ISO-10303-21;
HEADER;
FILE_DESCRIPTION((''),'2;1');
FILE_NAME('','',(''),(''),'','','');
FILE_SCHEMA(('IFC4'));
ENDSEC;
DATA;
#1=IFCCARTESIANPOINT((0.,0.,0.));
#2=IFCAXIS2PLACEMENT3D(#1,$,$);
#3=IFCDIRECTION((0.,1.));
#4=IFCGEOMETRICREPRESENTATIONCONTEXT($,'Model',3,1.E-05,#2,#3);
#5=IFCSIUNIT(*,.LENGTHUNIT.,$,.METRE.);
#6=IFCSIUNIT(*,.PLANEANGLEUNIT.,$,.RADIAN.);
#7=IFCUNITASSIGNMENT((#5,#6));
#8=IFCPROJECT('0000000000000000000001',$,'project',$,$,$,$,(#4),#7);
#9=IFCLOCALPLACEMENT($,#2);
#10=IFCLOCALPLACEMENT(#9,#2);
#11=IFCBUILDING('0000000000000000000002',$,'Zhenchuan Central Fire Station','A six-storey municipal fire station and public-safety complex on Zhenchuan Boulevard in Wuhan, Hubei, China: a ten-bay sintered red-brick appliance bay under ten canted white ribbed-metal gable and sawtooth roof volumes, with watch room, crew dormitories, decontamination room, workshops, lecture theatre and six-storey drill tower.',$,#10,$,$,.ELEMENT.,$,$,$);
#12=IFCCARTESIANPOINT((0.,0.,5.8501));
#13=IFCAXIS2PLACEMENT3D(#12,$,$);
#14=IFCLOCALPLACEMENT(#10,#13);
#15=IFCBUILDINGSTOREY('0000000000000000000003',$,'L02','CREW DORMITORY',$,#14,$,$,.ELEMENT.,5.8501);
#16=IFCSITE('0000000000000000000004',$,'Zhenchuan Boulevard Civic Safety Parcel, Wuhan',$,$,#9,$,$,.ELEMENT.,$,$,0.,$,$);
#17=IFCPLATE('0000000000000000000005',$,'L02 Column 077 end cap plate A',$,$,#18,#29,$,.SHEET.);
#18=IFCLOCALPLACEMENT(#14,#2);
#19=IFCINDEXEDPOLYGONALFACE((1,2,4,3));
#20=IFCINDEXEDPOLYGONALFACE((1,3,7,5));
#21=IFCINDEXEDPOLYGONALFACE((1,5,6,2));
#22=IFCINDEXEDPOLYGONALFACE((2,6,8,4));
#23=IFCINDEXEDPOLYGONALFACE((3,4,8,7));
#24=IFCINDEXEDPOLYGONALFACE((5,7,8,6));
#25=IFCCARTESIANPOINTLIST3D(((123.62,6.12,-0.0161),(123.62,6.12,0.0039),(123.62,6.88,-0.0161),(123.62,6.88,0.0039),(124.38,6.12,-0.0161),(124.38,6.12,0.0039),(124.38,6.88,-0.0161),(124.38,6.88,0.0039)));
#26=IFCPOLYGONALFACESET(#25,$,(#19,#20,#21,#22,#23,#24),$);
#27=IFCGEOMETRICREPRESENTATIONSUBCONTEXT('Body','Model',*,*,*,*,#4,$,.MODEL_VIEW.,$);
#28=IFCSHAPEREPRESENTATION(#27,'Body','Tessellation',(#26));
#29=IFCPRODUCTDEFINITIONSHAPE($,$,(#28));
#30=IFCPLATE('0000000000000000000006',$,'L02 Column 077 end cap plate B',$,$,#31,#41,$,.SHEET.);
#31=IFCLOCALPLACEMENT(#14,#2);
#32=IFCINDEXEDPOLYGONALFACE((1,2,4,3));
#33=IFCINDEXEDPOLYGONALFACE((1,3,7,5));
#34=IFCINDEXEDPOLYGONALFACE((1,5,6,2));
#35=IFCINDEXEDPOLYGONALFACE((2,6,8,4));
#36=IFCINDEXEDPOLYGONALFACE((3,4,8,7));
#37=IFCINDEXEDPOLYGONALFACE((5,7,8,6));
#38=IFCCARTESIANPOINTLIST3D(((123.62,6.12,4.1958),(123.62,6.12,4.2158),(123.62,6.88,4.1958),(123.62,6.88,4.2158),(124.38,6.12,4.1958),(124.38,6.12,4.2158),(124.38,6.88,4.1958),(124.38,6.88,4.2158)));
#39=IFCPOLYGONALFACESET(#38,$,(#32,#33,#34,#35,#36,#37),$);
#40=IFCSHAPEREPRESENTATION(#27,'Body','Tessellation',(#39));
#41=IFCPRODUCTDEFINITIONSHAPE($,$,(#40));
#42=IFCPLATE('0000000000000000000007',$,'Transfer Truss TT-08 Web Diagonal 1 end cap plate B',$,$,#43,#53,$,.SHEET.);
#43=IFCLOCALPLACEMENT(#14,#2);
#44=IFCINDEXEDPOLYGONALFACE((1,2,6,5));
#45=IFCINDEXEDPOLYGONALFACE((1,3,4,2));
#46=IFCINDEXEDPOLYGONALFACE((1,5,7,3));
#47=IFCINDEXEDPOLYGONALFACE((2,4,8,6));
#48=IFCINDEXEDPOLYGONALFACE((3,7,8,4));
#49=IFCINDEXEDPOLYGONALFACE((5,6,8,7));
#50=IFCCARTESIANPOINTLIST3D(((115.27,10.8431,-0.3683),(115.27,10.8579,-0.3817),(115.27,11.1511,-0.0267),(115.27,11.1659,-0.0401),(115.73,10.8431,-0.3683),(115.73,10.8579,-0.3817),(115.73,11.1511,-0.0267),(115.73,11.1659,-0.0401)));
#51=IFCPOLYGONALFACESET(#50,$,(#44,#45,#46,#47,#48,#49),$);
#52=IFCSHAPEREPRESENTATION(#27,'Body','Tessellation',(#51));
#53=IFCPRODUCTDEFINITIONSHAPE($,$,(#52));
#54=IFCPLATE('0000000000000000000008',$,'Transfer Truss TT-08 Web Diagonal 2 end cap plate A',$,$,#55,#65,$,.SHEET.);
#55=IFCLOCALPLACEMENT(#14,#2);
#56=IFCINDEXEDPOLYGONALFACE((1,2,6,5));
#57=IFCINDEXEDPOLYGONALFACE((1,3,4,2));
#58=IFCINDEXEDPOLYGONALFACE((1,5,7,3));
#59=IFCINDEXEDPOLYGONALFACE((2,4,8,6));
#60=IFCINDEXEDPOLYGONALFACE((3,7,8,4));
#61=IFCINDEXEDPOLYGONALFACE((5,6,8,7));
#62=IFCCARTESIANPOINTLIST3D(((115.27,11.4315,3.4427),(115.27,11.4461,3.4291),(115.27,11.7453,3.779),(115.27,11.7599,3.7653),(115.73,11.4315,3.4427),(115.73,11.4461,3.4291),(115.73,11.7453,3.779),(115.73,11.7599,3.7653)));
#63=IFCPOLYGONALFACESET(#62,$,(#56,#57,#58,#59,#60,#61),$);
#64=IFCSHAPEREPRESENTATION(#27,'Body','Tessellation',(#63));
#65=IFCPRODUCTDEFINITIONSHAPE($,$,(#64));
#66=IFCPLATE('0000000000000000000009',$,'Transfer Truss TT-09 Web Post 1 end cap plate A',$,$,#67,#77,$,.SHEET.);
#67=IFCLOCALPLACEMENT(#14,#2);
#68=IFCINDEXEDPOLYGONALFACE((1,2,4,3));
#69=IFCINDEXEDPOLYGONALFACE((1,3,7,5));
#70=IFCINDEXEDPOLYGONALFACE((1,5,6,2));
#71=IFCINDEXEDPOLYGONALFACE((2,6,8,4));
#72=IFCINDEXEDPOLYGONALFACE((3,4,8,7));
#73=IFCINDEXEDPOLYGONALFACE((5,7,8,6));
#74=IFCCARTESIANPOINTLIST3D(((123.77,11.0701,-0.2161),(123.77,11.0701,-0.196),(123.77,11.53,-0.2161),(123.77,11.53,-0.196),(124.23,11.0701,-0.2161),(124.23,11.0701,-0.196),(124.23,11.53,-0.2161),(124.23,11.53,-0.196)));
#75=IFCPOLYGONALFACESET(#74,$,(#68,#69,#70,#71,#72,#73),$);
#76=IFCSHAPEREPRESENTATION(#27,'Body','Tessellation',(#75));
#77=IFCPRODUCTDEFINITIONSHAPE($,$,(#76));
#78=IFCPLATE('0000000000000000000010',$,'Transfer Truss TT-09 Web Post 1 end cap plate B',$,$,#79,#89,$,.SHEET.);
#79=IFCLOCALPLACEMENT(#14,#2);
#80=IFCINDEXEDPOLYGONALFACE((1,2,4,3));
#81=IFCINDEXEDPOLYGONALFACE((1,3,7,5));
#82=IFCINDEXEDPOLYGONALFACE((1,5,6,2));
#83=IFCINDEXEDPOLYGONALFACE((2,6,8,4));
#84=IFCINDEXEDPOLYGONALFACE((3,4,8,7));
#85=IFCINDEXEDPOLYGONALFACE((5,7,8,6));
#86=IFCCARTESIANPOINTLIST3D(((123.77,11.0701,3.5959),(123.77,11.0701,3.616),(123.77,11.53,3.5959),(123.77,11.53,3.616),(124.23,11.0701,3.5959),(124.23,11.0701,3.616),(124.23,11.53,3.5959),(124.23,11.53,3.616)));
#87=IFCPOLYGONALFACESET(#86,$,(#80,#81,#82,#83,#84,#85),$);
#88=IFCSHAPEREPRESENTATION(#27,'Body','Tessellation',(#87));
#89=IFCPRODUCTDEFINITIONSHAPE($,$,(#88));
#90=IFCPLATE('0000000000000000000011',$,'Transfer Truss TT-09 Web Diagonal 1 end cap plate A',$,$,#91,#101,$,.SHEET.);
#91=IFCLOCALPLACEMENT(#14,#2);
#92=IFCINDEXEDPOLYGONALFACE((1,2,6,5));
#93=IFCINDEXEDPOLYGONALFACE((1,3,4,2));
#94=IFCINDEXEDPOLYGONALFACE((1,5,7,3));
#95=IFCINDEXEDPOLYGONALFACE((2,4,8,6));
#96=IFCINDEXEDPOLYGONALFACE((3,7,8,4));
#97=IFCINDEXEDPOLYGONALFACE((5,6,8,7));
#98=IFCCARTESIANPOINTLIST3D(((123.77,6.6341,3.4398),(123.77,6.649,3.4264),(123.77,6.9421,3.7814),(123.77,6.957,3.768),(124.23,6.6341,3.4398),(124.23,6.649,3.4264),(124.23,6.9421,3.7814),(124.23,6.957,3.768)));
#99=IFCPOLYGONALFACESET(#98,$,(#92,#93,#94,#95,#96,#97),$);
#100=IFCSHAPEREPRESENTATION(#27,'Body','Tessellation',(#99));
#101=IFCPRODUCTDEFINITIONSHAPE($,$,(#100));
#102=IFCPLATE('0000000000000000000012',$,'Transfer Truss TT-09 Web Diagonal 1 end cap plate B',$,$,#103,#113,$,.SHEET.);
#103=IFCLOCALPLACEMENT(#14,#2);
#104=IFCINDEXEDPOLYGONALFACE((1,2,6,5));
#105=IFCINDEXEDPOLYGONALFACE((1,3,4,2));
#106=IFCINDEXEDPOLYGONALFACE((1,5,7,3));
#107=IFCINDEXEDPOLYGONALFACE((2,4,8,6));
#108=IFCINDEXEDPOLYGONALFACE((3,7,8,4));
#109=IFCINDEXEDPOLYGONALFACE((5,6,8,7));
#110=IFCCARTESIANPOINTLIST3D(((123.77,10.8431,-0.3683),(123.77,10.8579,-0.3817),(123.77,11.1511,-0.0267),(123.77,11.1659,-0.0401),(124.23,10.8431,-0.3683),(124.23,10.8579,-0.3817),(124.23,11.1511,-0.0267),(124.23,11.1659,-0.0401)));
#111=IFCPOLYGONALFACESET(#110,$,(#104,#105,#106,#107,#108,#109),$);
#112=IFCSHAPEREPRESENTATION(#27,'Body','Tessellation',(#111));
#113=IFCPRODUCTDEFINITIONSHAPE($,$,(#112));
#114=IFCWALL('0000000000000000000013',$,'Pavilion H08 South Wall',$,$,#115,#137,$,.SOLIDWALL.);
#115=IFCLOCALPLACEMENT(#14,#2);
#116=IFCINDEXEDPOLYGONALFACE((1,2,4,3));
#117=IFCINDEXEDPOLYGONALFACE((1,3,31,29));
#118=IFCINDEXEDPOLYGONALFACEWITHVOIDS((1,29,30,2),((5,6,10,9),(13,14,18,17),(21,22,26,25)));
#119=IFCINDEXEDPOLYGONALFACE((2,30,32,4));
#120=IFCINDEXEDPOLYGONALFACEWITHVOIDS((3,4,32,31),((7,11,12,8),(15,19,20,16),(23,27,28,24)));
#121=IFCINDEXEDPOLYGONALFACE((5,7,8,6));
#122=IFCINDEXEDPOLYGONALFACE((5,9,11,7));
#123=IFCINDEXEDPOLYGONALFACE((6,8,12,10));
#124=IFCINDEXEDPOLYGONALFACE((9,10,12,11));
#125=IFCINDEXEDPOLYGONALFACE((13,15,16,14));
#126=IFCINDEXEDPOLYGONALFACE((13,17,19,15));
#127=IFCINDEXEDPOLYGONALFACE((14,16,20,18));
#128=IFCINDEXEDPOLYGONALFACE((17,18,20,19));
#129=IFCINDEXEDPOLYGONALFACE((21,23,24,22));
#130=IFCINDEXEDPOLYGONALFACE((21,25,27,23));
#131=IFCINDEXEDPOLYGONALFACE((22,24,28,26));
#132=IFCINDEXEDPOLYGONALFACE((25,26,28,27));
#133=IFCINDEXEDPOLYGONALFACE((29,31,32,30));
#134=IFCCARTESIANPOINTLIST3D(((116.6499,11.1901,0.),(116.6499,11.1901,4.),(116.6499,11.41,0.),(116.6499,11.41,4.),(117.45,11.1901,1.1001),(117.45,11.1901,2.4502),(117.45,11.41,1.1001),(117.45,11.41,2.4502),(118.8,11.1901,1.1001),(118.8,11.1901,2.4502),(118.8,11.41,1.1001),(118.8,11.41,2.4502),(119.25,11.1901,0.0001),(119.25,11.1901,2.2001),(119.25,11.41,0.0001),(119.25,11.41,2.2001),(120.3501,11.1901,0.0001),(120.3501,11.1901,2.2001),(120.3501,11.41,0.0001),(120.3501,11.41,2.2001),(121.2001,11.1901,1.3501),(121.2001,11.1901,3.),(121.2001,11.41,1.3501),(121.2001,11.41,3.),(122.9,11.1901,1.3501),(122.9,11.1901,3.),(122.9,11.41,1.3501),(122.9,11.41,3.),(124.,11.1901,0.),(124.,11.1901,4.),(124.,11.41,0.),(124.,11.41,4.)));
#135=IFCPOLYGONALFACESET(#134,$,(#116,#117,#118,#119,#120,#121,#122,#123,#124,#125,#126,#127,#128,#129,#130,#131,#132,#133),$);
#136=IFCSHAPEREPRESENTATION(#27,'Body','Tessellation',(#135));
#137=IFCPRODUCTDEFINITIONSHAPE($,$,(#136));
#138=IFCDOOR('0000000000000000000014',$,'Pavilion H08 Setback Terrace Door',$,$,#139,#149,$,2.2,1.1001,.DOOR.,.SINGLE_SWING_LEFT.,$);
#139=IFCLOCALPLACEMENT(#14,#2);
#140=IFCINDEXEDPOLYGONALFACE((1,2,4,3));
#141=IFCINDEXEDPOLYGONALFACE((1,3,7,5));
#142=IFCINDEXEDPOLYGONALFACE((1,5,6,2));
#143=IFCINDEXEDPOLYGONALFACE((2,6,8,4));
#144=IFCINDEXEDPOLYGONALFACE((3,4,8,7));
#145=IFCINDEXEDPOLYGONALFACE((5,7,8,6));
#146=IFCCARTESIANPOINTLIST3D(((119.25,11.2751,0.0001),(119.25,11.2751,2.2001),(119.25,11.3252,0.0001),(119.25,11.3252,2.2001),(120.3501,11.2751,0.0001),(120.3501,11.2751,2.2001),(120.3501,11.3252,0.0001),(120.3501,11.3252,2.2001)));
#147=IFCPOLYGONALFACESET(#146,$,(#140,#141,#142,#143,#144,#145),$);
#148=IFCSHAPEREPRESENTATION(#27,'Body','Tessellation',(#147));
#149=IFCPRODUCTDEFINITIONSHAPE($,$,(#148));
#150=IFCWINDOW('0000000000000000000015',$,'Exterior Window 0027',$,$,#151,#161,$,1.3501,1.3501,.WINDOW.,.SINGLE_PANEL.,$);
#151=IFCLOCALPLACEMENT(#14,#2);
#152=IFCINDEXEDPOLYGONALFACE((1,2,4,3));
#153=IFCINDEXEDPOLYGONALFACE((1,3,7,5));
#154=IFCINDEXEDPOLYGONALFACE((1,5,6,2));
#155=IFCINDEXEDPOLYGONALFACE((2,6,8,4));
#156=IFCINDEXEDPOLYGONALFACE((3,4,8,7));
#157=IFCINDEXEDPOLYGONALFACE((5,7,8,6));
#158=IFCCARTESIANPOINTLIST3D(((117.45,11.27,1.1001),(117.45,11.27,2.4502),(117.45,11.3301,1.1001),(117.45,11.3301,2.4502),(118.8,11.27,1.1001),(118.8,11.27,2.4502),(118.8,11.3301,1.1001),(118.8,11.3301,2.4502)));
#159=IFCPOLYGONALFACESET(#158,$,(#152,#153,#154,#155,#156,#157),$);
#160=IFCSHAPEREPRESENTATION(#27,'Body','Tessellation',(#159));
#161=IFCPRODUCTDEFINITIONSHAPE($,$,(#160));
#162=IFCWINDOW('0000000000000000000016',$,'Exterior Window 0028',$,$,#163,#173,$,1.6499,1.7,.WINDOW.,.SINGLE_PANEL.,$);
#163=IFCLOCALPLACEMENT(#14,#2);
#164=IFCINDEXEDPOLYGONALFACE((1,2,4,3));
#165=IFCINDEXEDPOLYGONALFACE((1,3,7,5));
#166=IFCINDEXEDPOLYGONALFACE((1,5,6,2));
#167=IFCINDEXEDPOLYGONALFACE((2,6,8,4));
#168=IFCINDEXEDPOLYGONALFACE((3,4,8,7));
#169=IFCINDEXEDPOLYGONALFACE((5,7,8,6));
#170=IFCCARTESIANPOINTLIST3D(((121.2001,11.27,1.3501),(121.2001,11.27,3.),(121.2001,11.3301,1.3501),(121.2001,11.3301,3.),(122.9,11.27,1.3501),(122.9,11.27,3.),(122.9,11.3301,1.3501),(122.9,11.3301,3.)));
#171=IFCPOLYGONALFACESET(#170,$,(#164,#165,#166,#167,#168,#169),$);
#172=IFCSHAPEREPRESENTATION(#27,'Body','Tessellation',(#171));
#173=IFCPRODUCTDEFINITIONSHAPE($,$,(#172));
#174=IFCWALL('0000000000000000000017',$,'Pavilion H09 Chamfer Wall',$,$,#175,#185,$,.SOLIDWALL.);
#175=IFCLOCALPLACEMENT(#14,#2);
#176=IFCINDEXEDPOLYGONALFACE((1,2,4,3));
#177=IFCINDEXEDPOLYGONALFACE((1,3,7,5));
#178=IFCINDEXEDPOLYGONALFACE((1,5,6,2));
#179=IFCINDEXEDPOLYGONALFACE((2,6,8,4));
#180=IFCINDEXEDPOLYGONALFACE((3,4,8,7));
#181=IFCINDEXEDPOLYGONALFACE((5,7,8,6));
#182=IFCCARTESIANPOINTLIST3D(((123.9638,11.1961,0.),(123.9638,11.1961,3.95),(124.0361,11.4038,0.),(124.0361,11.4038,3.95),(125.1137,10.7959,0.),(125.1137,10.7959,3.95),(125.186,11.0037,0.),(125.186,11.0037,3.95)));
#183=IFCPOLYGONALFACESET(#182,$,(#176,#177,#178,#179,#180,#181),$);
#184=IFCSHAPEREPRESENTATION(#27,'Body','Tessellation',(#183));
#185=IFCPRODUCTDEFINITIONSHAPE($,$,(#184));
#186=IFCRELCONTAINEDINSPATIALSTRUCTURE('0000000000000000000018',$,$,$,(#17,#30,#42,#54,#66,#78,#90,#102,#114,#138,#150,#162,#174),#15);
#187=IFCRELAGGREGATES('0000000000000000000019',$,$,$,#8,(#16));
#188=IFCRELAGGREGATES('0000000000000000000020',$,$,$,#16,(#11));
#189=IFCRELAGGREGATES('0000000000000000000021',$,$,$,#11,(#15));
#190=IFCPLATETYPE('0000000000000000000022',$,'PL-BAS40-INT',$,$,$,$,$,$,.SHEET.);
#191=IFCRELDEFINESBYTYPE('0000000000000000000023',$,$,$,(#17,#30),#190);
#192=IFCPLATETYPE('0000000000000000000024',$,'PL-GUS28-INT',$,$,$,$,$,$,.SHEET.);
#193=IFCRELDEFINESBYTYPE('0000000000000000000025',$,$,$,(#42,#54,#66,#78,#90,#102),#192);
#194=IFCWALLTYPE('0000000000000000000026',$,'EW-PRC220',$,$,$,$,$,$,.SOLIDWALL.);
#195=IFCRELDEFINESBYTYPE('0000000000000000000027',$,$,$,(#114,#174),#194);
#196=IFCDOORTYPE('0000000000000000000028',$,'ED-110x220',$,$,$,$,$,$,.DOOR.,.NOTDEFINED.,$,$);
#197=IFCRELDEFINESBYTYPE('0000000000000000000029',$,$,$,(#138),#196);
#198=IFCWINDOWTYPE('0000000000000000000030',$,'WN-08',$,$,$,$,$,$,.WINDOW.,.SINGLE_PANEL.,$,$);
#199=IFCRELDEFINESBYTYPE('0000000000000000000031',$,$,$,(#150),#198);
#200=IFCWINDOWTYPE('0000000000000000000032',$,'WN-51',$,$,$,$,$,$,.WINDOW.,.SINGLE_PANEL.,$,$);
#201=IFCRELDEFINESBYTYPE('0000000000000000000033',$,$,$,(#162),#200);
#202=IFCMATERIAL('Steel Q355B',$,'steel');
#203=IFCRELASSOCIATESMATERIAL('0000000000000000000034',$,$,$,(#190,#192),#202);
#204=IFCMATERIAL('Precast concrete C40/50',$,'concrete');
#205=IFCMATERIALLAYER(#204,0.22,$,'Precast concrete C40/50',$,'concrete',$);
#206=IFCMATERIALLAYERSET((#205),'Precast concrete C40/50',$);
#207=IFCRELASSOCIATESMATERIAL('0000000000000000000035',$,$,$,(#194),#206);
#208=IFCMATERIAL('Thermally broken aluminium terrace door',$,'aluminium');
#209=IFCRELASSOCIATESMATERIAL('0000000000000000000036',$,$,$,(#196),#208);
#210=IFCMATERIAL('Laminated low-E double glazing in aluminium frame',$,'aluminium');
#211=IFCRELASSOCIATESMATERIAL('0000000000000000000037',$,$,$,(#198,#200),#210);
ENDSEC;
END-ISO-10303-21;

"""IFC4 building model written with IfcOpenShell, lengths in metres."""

from ifc_helpers import new_model, si_unit, direction, frame, frame_2d, origin, origin_2d, place, context, subcontext, project, spatial, polyline, rectangle, outline, extrude, material, layer, layer_set, material_profile, profile_set, type_object, element, fill, save


model = new_model("IFC4")

# Units and contexts
model_context = context("Model", 3, precision=1e-05, world=origin(), true_north=direction((0.0, 1.0)))
body_context = subcontext(model_context, "Body", "Model", "MODEL_VIEW")
ifc_project = project(units=[si_unit("LENGTHUNIT", "METRE"), si_unit("PLANEANGLEUNIT", "RADIAN")], contexts=[model_context])

# Site, building, storey
site_placement = place(None, origin())
site = spatial("IfcSite", under=ifc_project, at=site_placement, Name="Zhenchuan Boulevard Civic Safety Parcel, Wuhan", CompositionType="ELEMENT", RefElevation=0.0)
building_placement = place(site_placement, origin())
building = spatial("IfcBuilding", under=site, at=building_placement, Name="Zhenchuan Central Fire Station", Description="A six-storey municipal fire station and public-safety complex on Zhenchuan Boulevard in Wuhan, Hubei, China: a ten-bay sintered red-brick appliance bay under ten canted white ribbed-metal gable and sawtooth roof volumes, with watch room, crew dormitories, decontamination room, workshops, lecture theatre and six-storey drill tower.", CompositionType="ELEMENT")
storey_placement = place(building_placement, frame((0.0, 0.0, 5.8501)))
storey = spatial("IfcBuildingStorey", under=building, at=storey_placement, Name="L02", Description="CREW DORMITORY", CompositionType="ELEMENT", Elevation=5.8501)

# Shared definitions
ifc_material_1 = material(Name="Steel Q355B", Category="steel")

# Plates
ifc_material_profile_1 = material_profile(ifc_material_1, rectangle(XDim=0.76, YDim=0.76, at=origin_2d()), Name="PL 760x760x40")
ifc_profile_set_1 = profile_set([ifc_material_profile_1], Name="Steel Q355B")
plate_type_1 = type_object("IfcPlateType", Name="PL-BAS40-INT", PredefinedType="SHEET", material=ifc_profile_set_1)
for number, where, z_axis, x_axis, name in (
    (1, (124.0, 6.5, -0.0161), (0.0, 0.0, 1.0), (1.0, 0.0, 0.0), "L02 Column 077 end cap plate A"),
    (2, (124.0, 6.5, 4.1958), (0.0, 0.0, 1.0), (1.0, 0.0, 0.0), "L02 Column 077 end cap plate B"),
):
    element("IfcPlate", number, at=place(storey_placement, frame(where, z_axis=z_axis, x_axis=x_axis)), inside=storey, type_object=plate_type_1, Name=name, PredefinedType="SHEET", context=body_context, shape_type="SweptSolid", body=[
        extrude(rectangle(XDim=0.76, YDim=0.76, at=origin_2d()), origin(), (0.0, 0.0, 1.0), 0.02),
    ])
ifc_material_profile_2 = material_profile(ifc_material_1, rectangle(XDim=0.46, YDim=0.46, at=origin_2d()), Name="PL 460x460x28")
ifc_profile_set_2 = profile_set([ifc_material_profile_2], Name="Steel Q355B")
plate_type_2 = type_object("IfcPlateType", Name="PL-GUS28-INT", PredefinedType="SHEET", material=ifc_profile_set_2)
for number, where, z_axis, x_axis, name in (
    (3, (115.5, 10.9971, -0.1975), (0.0, 0.742688, -0.669637), (-1.0, 0.0, 0.0), "Transfer Truss TT-08 Web Diagonal 1 end cap plate B"),
    (4, (115.5, 11.5884, 3.6108), (0.0, 0.731055, -0.682318), (-1.0, 0.0, 0.0), "Transfer Truss TT-08 Web Diagonal 2 end cap plate A"),
    (5, (124.0, 11.3, -0.2161), (0.0, 0.0, 1.0), (1.0, 0.0, 0.0), "Transfer Truss TT-09 Web Post 1 end cap plate A"),
    (6, (124.0, 11.3, 3.5959), (0.0, 0.0, 1.0), (1.0, 0.0, 0.0), "Transfer Truss TT-09 Web Post 1 end cap plate B"),
    (7, (124.0, 6.7881, 3.6106), (0.0, 0.742688, -0.669637), (-1.0, 0.0, 0.0), "Transfer Truss TT-09 Web Diagonal 1 end cap plate A"),
    (8, (124.0, 10.9971, -0.1975), (0.0, 0.742688, -0.669637), (-1.0, 0.0, 0.0), "Transfer Truss TT-09 Web Diagonal 1 end cap plate B"),
):
    element("IfcPlate", number, at=place(storey_placement, frame(where, z_axis=z_axis, x_axis=x_axis)), inside=storey, type_object=plate_type_2, Name=name, PredefinedType="SHEET", context=body_context, shape_type="SweptSolid", body=[
        extrude(rectangle(XDim=0.46, YDim=0.46, at=origin_2d()), origin(), (0.0, 0.0, 1.0), 0.02),
    ])

# Wall, openings, door, windows
ifc_material_2 = material(Name="Precast concrete C40/50", Category="concrete")
ifc_layer_1 = layer(ifc_material_2, 0.22, Name="Precast concrete C40/50", Category="concrete")
ifc_layer_set_1 = layer_set([ifc_layer_1], Name="Precast concrete C40/50")
wall_type_1 = type_object("IfcWallType", Name="EW-PRC220", PredefinedType="SOLIDWALL", material=ifc_layer_set_1)
wall_1_placement = place(storey_placement, frame((116.6499, 11.3, 0.0), z_axis=(0.0, 0.0, 1.0), x_axis=(1.0, 0.0, 0.0)))
wall_1 = element("IfcWall", 9, at=wall_1_placement, inside=storey, type_object=wall_type_1, Name="Pavilion H08 South Wall", PredefinedType="SOLIDWALL", context=body_context, shape_type="SweptSolid", body=[
    extrude(rectangle(XDim=7.3501, YDim=0.22, at=frame_2d((3.675, 0.0))), origin(), (0.0, 0.0, 1.0), 4.0),
])
opening_1_placement = place(wall_1_placement, frame((2.6001, 0.0, 0.0)))
opening_1 = element("IfcOpeningElement", 10, at=opening_1_placement, cuts=wall_1, PredefinedType="OPENING", context=body_context, shape_type="SweptSolid", body=[
    extrude(rectangle(XDim=1.1001, YDim=2.2, at=frame_2d((0.55, 1.1001))), frame((0.0, 0.1199, 0.0), z_axis=(0.0, -1.0, 0.0), x_axis=(1.0, 0.0, 0.0)), (0.0, 0.0, 1.0), 0.24),
])
opening_2_placement = place(wall_1_placement, frame((0.8, 0.0, 1.1001)))
opening_2 = element("IfcOpeningElement", 11, at=opening_2_placement, cuts=wall_1, PredefinedType="OPENING", context=body_context, shape_type="SweptSolid", body=[
    extrude(rectangle(XDim=1.3501, YDim=1.3501, at=frame_2d((0.675, 0.675))), frame((0.0, 0.1199, 0.0), z_axis=(0.0, -1.0, 0.0), x_axis=(1.0, 0.0, 0.0)), (0.0, 0.0, 1.0), 0.24),
])
opening_3_placement = place(wall_1_placement, frame((4.55, 0.0, 1.3501)))
opening_3 = element("IfcOpeningElement", 12, at=opening_3_placement, cuts=wall_1, PredefinedType="OPENING", context=body_context, shape_type="SweptSolid", body=[
    extrude(rectangle(XDim=1.7, YDim=1.6499, at=frame_2d((0.8501, 0.825))), frame((0.0, 0.1199, 0.0), z_axis=(0.0, -1.0, 0.0), x_axis=(1.0, 0.0, 0.0)), (0.0, 0.0, 1.0), 0.24),
])
ifc_material_3 = material(Name="Thermally broken aluminium terrace door", Category="aluminium")
door_type = type_object("IfcDoorType", Name="ED-110x220", OperationType="NOTDEFINED", PredefinedType="DOOR", material=ifc_material_3)
door_placement = place(opening_1_placement, frame((1.1001, 0.0, 0.0), z_axis=(0.0, 0.0, 1.0), x_axis=(-1.0, 0.0, 0.0)))
door = element("IfcDoor", 13, at=door_placement, inside=storey, type_object=door_type, Name="Pavilion H08 Setback Terrace Door", OperationType="SINGLE_SWING_LEFT", OverallHeight=2.2, OverallWidth=1.1001, PredefinedType="DOOR", context=body_context, shape_type="SweptSolid", body=[
    extrude(rectangle(XDim=1.1001, YDim=2.2, at=frame_2d((0.55, 1.1001))), frame((0.0, 0.0249, 0.0), z_axis=(0.0, -1.0, 0.0), x_axis=(1.0, 0.0, 0.0)), (0.0, 0.0, 1.0), 0.05),
])
fill(opening_1, door)
ifc_material_4 = material(Name="Laminated low-E double glazing in aluminium frame", Category="aluminium")
window_type_1 = type_object("IfcWindowType", Name="WN-08", PartitioningType="SINGLE_PANEL", PredefinedType="WINDOW", material=ifc_material_4)
window_1_placement = place(opening_2_placement, origin())
window_1 = element("IfcWindow", 14, at=window_1_placement, inside=storey, type_object=window_type_1, Name="Exterior Window 0027", OverallHeight=1.3501, OverallWidth=1.3501, PartitioningType="SINGLE_PANEL", PredefinedType="WINDOW", context=body_context, shape_type="SweptSolid", body=[
    extrude(rectangle(XDim=1.3501, YDim=1.3501, at=frame_2d((0.675, 0.675))), frame((0.0, 0.03, 0.0), z_axis=(0.0, -1.0, 0.0), x_axis=(1.0, 0.0, 0.0)), (0.0, 0.0, 1.0), 0.0601),
])
fill(opening_2, window_1)
window_type_2 = type_object("IfcWindowType", Name="WN-51", PartitioningType="SINGLE_PANEL", PredefinedType="WINDOW", material=ifc_material_4)
window_2_placement = place(opening_3_placement, origin())
window_2 = element("IfcWindow", 15, at=window_2_placement, inside=storey, type_object=window_type_2, Name="Exterior Window 0028", OverallHeight=1.6499, OverallWidth=1.7, PartitioningType="SINGLE_PANEL", PredefinedType="WINDOW", context=body_context, shape_type="SweptSolid", body=[
    extrude(rectangle(XDim=1.7, YDim=1.6499, at=frame_2d((0.8501, 0.825))), frame((0.0, 0.03, 0.0), z_axis=(0.0, -1.0, 0.0), x_axis=(1.0, 0.0, 0.0)), (0.0, 0.0, 1.0), 0.0601),
])
fill(opening_3, window_2)

# Wall
wall_2_placement = place(storey_placement, frame((124.0, 11.3, 0.0), z_axis=(0.0, 0.0, 1.0), x_axis=(0.944451, -0.328653, 0.0)))
element("IfcWall", 16, at=wall_2_placement, inside=storey, type_object=wall_type_1, Name="Pavilion H09 Chamfer Wall", PredefinedType="SOLIDWALL", context=body_context, shape_type="SweptSolid", body=[
    extrude(outline(polyline([(0.0, 0.0), (1.2175, 0.0), (1.2175, 3.95), (0.0, 3.95), (0.0, 0.0)])), frame((0.0, 0.1099, 0.0), z_axis=(0.0, -1.0, 0.0), x_axis=(1.0, 0.0, 0.0)), (0.0, 0.0, 1.0), 0.22),
])

save(model, "model.ifc")
